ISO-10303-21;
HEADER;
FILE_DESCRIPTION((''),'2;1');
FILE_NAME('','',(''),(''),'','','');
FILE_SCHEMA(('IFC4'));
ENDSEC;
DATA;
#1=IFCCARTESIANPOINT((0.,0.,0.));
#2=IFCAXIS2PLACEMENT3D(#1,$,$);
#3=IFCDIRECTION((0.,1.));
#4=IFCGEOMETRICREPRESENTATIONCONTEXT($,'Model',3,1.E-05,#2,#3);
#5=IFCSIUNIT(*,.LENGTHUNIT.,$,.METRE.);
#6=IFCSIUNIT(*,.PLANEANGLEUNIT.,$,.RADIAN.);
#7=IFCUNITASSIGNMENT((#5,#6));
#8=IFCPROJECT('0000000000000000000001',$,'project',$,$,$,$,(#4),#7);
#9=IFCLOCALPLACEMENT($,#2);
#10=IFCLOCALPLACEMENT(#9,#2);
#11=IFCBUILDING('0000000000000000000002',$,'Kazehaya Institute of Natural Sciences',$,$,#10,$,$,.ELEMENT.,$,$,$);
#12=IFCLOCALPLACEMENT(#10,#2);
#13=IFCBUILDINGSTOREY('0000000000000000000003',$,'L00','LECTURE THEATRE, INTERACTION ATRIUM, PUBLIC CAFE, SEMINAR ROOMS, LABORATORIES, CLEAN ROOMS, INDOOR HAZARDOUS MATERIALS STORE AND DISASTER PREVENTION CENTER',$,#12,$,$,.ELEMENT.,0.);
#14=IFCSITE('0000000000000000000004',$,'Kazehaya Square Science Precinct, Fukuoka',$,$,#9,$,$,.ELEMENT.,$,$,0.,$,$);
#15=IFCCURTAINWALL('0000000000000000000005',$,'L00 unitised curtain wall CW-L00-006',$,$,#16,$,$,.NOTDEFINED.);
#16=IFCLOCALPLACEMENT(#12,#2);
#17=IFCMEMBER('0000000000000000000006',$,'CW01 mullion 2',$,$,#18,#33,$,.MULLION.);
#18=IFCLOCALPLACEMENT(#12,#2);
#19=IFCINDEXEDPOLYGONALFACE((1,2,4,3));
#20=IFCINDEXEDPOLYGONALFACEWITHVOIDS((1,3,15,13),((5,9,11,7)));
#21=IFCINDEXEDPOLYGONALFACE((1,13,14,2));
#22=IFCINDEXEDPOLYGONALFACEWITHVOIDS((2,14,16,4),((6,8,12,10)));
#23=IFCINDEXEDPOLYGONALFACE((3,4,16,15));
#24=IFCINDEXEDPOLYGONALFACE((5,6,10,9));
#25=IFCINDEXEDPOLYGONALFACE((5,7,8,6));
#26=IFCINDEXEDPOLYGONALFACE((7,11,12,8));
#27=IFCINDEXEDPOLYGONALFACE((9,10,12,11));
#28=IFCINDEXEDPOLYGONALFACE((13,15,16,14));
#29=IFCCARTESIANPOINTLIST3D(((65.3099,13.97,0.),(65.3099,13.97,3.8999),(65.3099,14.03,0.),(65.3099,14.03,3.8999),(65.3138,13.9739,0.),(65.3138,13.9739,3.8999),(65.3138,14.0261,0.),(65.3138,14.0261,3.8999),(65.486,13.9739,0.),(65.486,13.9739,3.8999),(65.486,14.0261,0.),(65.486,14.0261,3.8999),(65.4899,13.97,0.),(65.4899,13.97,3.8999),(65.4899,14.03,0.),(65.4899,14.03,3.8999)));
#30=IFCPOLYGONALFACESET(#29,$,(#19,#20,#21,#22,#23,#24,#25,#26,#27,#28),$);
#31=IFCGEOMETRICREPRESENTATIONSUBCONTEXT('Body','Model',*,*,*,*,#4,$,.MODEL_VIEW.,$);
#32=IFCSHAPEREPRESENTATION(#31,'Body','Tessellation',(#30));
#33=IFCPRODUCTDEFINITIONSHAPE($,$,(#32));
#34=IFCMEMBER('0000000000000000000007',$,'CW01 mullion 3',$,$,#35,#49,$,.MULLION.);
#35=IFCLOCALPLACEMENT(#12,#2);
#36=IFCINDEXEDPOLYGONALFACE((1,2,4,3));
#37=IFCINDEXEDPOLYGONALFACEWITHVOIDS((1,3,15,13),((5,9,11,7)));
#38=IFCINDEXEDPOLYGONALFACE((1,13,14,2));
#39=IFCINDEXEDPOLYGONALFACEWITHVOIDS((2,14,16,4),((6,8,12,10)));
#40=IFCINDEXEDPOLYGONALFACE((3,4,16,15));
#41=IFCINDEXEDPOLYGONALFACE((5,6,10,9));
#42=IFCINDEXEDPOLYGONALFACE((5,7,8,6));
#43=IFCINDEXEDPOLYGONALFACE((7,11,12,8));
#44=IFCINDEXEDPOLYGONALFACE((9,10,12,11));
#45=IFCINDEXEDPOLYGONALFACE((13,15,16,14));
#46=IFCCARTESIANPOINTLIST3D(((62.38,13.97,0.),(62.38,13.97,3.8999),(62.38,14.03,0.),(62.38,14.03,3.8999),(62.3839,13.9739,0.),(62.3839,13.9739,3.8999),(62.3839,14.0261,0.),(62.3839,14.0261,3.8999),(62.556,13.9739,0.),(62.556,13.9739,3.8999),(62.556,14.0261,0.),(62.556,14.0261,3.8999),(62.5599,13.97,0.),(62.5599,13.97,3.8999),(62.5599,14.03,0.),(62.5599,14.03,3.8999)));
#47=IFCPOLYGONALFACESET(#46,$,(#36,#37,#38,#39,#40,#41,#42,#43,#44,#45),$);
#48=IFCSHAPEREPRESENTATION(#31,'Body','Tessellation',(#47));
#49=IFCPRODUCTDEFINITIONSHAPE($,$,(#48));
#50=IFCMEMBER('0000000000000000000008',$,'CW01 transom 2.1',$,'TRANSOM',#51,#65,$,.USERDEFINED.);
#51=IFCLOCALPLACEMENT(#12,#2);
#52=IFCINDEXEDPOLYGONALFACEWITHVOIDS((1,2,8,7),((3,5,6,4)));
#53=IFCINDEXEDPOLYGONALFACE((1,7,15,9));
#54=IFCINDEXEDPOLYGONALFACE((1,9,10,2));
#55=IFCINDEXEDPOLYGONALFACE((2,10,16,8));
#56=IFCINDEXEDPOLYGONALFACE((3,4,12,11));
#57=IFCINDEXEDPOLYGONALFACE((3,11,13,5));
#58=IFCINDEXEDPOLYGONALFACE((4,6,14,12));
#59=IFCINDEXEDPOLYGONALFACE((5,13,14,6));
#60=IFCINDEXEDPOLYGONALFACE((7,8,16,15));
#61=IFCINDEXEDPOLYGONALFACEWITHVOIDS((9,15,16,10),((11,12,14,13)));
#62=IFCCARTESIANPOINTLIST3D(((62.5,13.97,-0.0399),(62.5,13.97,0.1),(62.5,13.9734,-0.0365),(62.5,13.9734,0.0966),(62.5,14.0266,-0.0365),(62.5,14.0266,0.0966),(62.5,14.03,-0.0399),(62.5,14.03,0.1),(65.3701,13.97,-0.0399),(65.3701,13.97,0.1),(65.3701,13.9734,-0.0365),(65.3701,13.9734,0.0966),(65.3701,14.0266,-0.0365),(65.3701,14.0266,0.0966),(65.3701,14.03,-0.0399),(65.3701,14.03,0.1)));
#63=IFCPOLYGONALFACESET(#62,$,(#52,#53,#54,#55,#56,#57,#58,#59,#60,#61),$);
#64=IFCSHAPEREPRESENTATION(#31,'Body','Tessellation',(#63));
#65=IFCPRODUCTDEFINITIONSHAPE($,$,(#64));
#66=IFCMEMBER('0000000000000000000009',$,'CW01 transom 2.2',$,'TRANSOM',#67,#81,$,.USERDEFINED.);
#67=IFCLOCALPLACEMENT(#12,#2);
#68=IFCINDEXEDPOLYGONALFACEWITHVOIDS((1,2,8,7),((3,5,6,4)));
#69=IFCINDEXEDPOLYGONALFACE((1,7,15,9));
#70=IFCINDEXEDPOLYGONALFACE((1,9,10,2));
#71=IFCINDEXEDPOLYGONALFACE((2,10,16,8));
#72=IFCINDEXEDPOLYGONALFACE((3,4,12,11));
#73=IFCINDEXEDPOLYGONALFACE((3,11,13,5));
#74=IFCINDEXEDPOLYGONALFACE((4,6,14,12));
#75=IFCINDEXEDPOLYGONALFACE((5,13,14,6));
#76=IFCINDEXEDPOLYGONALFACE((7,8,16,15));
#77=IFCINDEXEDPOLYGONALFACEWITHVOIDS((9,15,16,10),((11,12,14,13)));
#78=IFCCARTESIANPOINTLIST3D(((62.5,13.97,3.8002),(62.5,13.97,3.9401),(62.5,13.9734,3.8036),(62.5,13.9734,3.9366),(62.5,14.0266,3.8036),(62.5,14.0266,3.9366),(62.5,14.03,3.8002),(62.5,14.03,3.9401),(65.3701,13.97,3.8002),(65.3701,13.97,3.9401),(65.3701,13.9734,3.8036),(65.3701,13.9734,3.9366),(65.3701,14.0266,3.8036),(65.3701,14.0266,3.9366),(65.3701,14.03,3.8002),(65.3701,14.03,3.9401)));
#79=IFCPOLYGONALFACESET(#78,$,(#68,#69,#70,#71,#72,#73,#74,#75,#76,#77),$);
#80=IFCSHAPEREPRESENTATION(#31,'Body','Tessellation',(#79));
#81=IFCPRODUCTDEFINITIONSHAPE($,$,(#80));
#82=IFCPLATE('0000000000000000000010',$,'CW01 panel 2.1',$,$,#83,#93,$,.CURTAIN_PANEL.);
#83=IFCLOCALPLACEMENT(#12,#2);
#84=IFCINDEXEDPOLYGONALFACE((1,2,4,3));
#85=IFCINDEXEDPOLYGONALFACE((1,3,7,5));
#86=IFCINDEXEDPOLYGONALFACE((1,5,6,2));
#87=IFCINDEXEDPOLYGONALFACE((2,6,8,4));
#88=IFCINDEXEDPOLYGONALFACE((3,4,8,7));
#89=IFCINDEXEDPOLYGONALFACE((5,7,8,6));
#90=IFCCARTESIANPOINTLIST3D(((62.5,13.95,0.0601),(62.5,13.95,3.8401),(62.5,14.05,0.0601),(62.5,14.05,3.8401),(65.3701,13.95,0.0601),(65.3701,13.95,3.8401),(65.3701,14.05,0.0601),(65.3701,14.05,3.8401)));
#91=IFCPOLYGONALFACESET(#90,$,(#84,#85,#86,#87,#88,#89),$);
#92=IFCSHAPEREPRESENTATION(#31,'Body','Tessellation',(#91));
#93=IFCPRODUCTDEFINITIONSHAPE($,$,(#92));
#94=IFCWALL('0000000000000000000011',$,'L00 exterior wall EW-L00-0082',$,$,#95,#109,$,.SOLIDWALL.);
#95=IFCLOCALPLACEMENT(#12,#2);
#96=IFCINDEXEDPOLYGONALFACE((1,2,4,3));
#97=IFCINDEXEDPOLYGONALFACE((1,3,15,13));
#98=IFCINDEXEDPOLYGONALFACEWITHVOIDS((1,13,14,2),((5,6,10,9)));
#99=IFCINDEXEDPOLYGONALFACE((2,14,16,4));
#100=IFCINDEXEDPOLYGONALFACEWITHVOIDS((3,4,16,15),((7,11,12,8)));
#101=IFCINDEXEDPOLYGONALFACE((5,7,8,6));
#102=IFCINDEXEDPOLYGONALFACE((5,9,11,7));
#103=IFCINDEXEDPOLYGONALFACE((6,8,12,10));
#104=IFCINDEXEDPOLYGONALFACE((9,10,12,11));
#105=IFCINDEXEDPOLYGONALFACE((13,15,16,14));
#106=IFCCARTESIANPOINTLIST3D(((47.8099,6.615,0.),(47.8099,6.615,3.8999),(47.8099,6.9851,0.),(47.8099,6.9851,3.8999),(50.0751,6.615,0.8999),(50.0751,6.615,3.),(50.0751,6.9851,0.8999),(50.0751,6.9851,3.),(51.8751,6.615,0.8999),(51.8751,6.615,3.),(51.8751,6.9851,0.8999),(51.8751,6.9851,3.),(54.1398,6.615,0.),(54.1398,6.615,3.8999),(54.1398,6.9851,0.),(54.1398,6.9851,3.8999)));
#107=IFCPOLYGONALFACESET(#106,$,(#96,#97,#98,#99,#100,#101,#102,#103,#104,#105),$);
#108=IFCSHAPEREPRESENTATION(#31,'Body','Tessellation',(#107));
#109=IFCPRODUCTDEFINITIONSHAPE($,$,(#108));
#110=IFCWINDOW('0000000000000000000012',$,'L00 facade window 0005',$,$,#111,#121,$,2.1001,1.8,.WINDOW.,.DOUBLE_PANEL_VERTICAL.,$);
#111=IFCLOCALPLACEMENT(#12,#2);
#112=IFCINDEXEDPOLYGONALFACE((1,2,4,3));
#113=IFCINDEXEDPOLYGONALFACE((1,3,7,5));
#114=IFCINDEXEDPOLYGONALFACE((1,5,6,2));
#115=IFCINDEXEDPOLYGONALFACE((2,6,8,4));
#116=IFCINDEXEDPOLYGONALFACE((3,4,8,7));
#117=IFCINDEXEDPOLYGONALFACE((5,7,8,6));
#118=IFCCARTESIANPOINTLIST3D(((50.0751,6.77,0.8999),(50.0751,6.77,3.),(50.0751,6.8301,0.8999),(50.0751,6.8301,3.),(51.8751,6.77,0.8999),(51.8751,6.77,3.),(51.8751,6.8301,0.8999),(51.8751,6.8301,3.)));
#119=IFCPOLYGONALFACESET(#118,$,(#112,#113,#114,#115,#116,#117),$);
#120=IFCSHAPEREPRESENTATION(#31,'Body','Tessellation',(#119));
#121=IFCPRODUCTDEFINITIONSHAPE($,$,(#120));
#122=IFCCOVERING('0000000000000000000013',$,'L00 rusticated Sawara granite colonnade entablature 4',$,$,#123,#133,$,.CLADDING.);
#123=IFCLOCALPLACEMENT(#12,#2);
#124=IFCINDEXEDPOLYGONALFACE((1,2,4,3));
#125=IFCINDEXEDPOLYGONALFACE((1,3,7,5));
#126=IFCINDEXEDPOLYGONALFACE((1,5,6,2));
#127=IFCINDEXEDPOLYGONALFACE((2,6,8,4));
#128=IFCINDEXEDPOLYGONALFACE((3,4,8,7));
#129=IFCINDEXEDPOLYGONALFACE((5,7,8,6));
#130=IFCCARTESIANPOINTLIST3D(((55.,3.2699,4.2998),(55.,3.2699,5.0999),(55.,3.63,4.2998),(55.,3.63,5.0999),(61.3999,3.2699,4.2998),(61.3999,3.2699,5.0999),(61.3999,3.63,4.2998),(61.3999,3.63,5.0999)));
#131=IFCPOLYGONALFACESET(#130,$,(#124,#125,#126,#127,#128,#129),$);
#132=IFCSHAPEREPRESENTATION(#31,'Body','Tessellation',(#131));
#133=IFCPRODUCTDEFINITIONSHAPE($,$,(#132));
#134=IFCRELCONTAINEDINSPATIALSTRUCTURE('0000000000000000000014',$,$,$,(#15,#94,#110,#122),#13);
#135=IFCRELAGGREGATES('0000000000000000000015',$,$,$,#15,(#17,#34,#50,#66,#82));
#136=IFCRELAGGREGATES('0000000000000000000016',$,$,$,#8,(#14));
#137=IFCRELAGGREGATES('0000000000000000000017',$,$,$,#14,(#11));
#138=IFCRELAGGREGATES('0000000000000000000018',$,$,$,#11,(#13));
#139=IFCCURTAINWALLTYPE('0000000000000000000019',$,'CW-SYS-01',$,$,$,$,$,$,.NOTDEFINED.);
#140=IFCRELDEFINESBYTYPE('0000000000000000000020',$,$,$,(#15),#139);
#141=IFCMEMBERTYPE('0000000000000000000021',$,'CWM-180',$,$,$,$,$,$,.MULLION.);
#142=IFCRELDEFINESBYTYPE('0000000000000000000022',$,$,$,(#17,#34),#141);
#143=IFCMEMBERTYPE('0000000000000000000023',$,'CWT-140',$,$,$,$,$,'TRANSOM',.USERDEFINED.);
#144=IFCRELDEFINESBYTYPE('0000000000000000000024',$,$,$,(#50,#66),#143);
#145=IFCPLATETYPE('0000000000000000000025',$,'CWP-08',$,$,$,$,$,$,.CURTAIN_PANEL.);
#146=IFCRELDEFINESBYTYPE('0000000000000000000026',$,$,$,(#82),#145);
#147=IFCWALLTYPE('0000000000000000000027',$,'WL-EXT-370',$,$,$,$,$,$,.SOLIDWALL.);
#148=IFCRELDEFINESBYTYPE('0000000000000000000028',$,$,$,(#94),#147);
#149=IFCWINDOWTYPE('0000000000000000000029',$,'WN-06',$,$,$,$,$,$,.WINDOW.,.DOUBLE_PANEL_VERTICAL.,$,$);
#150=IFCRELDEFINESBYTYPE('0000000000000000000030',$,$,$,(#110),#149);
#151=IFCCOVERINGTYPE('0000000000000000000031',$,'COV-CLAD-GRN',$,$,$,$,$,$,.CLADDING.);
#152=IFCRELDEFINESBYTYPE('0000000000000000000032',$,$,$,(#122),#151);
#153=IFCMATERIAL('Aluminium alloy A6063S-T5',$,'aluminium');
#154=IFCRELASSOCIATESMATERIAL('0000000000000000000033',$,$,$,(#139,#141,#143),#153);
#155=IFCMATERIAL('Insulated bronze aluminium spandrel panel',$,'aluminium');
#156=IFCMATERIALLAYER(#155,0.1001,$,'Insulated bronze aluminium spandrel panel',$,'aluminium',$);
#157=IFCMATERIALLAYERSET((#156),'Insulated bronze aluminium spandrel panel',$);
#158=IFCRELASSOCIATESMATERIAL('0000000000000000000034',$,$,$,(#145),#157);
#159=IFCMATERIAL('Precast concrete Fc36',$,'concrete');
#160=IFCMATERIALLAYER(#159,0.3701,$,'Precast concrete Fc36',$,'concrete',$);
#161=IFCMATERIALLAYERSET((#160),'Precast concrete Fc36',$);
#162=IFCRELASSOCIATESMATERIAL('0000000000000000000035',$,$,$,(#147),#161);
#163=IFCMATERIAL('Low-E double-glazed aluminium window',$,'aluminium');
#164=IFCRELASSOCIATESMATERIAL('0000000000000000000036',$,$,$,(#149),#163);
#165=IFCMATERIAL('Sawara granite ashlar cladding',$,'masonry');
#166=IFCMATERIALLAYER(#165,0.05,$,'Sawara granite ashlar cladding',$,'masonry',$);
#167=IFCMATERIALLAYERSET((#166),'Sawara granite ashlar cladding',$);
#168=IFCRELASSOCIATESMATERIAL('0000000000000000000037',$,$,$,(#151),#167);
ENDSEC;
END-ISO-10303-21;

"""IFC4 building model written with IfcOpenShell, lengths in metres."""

from ifc_helpers import new_model, si_unit, direction, frame, frame_2d, origin, origin_2d, place, context, subcontext, project, spatial, rectangle, hollow_rectangle, extrude, material, layer, layer_set, material_profile, profile_set, type_object, element, fill, aggregate, save


model = new_model("IFC4")

# Units and contexts
model_context = context("Model", 3, precision=1e-05, world=origin(), true_north=direction((0.0, 1.0)))
body_context = subcontext(model_context, "Body", "Model", "MODEL_VIEW")
ifc_project = project(units=[si_unit("LENGTHUNIT", "METRE"), si_unit("PLANEANGLEUNIT", "RADIAN")], contexts=[model_context])

# Site, building, storey
site_placement = place(None, origin())
site = spatial("IfcSite", under=ifc_project, at=site_placement, Name="Kazehaya Square Science Precinct, Fukuoka", CompositionType="ELEMENT", RefElevation=0.0)
building_placement = place(site_placement, origin())
building = spatial("IfcBuilding", under=site, at=building_placement, Name="Kazehaya Institute of Natural Sciences", CompositionType="ELEMENT")
storey_placement = place(building_placement, origin())
storey = spatial("IfcBuildingStorey", under=building, at=storey_placement, Name="L00", Description="LECTURE THEATRE, INTERACTION ATRIUM, PUBLIC CAFE, SEMINAR ROOMS, LABORATORIES, CLEAN ROOMS, INDOOR HAZARDOUS MATERIALS STORE AND DISASTER PREVENTION CENTER", CompositionType="ELEMENT", Elevation=0.0)

# Shared definitions
ifc_material_1 = material(Name="Precast concrete Fc36", Category="concrete")

# Curtain wall, members, plate
ifc_material_2 = material(Name="Aluminium alloy A6063S-T5", Category="aluminium")
curtain_wall_type = type_object("IfcCurtainWallType", Name="CW-SYS-01", PredefinedType="NOTDEFINED", material=ifc_material_2)
curtain_wall_placement = place(storey_placement, origin())
curtain_wall = element("IfcCurtainWall", 1, at=curtain_wall_placement, inside=storey, type_object=curtain_wall_type, Name="L00 unitised curtain wall CW-L00-006", PredefinedType="NOTDEFINED")
ifc_material_profile_1 = material_profile(ifc_material_2, hollow_rectangle(XDim=0.0601, YDim=0.1799, WallThickness=0.0039, at=origin_2d()), Name="ALU-60x180x4")
ifc_profile_set_1 = profile_set([ifc_material_profile_1], Name="Aluminium alloy A6063S-T5")
member_type_1 = type_object("IfcMemberType", Name="CWM-180", PredefinedType="MULLION", material=ifc_profile_set_1)
member_1_placement = place(storey_placement, frame((65.3999, 14.0, 0.0), z_axis=(0.0, 0.0, 1.0), x_axis=(0.0, -1.0, 0.0)))
member_1 = element("IfcMember", 2, at=member_1_placement, type_object=member_type_1, Name="CW01 mullion 2", PredefinedType="MULLION", context=body_context, shape_type="SweptSolid", body=[
    extrude(hollow_rectangle(XDim=0.0601, YDim=0.1799, WallThickness=0.0039, at=origin_2d()), origin(), (0.0, 0.0, 1.0), 3.8999),
])
member_2_placement = place(storey_placement, frame((62.47, 14.0, 0.0), z_axis=(0.0, 0.0, 1.0), x_axis=(0.0, -1.0, 0.0)))
member_2 = element("IfcMember", 3, at=member_2_placement, type_object=member_type_1, Name="CW01 mullion 3", PredefinedType="MULLION", context=body_context, shape_type="SweptSolid", body=[
    extrude(hollow_rectangle(XDim=0.0601, YDim=0.1799, WallThickness=0.0039, at=origin_2d()), origin(), (0.0, 0.0, 1.0), 3.8999),
])
ifc_material_profile_2 = material_profile(ifc_material_2, hollow_rectangle(XDim=0.0601, YDim=0.1399, WallThickness=0.0034, at=origin_2d()), Name="ALU-60x140x3.5")
ifc_profile_set_2 = profile_set([ifc_material_profile_2], Name="Aluminium alloy A6063S-T5")
member_type_2 = type_object("IfcMemberType", Name="CWT-140", ElementType="TRANSOM", PredefinedType="USERDEFINED", material=ifc_profile_set_2)
member_3_placement = place(storey_placement, frame((65.3701, 14.0, 0.03), z_axis=(-1.0, 0.0, 0.0), x_axis=(0.0, -1.0, 0.0)))
member_3 = element("IfcMember", 4, at=member_3_placement, type_object=member_type_2, Name="CW01 transom 2.1", ObjectType="TRANSOM", PredefinedType="USERDEFINED", context=body_context, shape_type="SweptSolid", body=[
    extrude(hollow_rectangle(XDim=0.0601, YDim=0.1399, WallThickness=0.0034, at=origin_2d()), origin(), (0.0, 0.0, 1.0), 2.8701),
])
member_4_placement = place(storey_placement, frame((65.3701, 14.0, 3.8701), z_axis=(-1.0, 0.0, 0.0), x_axis=(0.0, -1.0, 0.0)))
member_4 = element("IfcMember", 5, at=member_4_placement, type_object=member_type_2, Name="CW01 transom 2.2", ObjectType="TRANSOM", PredefinedType="USERDEFINED", context=body_context, shape_type="SweptSolid", body=[
    extrude(hollow_rectangle(XDim=0.0601, YDim=0.1399, WallThickness=0.0034, at=origin_2d()), origin(), (0.0, 0.0, 1.0), 2.8701),
])
ifc_material_3 = material(Name="Insulated bronze aluminium spandrel panel", Category="aluminium")
ifc_layer_1 = layer(ifc_material_3, 0.1001, Name="Insulated bronze aluminium spandrel panel", Category="aluminium")
ifc_layer_set_1 = layer_set([ifc_layer_1], Name="Insulated bronze aluminium spandrel panel")
plate_type = type_object("IfcPlateType", Name="CWP-08", PredefinedType="CURTAIN_PANEL", material=ifc_layer_set_1)
plate_placement = place(storey_placement, frame((63.9351, 14.0, 0.0601), z_axis=(0.0, 0.0, 1.0), x_axis=(-1.0, 0.0, 0.0)))
plate = element("IfcPlate", 6, at=plate_placement, type_object=plate_type, Name="CW01 panel 2.1", PredefinedType="CURTAIN_PANEL", context=body_context, shape_type="SweptSolid", body=[
    extrude(rectangle(XDim=2.8701, YDim=0.1001, at=origin_2d()), origin(), (0.0, 0.0, 1.0), 3.78),
])
aggregate(curtain_wall, [member_1, member_2, member_3, member_4, plate])

# Wall, opening, window
ifc_layer_2 = layer(ifc_material_1, 0.3701, Name="Precast concrete Fc36", Category="concrete")
ifc_layer_set_2 = layer_set([ifc_layer_2], Name="Precast concrete Fc36")
wall_type = type_object("IfcWallType", Name="WL-EXT-370", PredefinedType="SOLIDWALL", material=ifc_layer_set_2)
wall_1_placement = place(storey_placement, frame((54.1399, 6.8, 0.0), z_axis=(0.0, 0.0, 1.0), x_axis=(-1.0, 0.0, 0.0)))
wall_1 = element("IfcWall", 7, at=wall_1_placement, inside=storey, type_object=wall_type, Name="L00 exterior wall EW-L00-0082", PredefinedType="SOLIDWALL", context=body_context, shape_type="SweptSolid", body=[
    extrude(rectangle(XDim=6.3298, YDim=0.3701, at=frame_2d((3.165, 0.0))), origin(), (0.0, 0.0, 1.0), 3.8999),
])
opening_1_placement = place(wall_1_placement, frame((2.2649, 0.0, 0.8999)))
opening_1 = element("IfcOpeningElement", 8, at=opening_1_placement, cuts=wall_1, PredefinedType="OPENING", context=body_context, shape_type="SweptSolid", body=[
    extrude(rectangle(XDim=1.8, YDim=2.1001, at=frame_2d((0.8999, 1.05))), frame((0.0, 0.1951, 0.0), z_axis=(0.0, -1.0, 0.0), x_axis=(1.0, 0.0, 0.0)), (0.0, 0.0, 1.0), 0.3901),
])
ifc_material_4 = material(Name="Low-E double-glazed aluminium window", Category="aluminium")
window_type = type_object("IfcWindowType", Name="WN-06", PartitioningType="DOUBLE_PANEL_VERTICAL", PredefinedType="WINDOW", material=ifc_material_4)
window_placement = place(opening_1_placement, origin())
window = element("IfcWindow", 9, at=window_placement, inside=storey, type_object=window_type, Name="L00 facade window 0005", OverallHeight=2.1001, OverallWidth=1.8, PartitioningType="DOUBLE_PANEL_VERTICAL", PredefinedType="WINDOW", context=body_context, shape_type="SweptSolid", body=[
    extrude(rectangle(XDim=1.8, YDim=2.1001, at=frame_2d((0.8999, 1.05))), frame((0.0, 0.03, 0.0), z_axis=(0.0, -1.0, 0.0), x_axis=(1.0, 0.0, 0.0)), (0.0, 0.0, 1.0), 0.0601),
])
fill(opening_1, window)

# Covering
ifc_material_5 = material(Name="Sawara granite ashlar cladding", Category="masonry")
ifc_layer_3 = layer(ifc_material_5, 0.05, Name="Sawara granite ashlar cladding", Category="masonry")
ifc_layer_set_3 = layer_set([ifc_layer_3], Name="Sawara granite ashlar cladding")
covering_type = type_object("IfcCoveringType", Name="COV-CLAD-GRN", PredefinedType="CLADDING", material=ifc_layer_set_3)
covering_placement = place(storey_placement, frame((58.2, 3.45, 4.2998), z_axis=(0.0, 0.0, 1.0), x_axis=(1.0, 0.0, 0.0)))
element("IfcCovering", 10, at=covering_placement, inside=storey, type_object=covering_type, Name="L00 rusticated Sawara granite colonnade entablature 4", PredefinedType="CLADDING", context=body_context, shape_type="SweptSolid", body=[
    extrude(rectangle(XDim=6.3999, YDim=0.3601, at=origin_2d()), origin(), (0.0, 0.0, 1.0), 0.8),
])

save(model, "model.ifc")
